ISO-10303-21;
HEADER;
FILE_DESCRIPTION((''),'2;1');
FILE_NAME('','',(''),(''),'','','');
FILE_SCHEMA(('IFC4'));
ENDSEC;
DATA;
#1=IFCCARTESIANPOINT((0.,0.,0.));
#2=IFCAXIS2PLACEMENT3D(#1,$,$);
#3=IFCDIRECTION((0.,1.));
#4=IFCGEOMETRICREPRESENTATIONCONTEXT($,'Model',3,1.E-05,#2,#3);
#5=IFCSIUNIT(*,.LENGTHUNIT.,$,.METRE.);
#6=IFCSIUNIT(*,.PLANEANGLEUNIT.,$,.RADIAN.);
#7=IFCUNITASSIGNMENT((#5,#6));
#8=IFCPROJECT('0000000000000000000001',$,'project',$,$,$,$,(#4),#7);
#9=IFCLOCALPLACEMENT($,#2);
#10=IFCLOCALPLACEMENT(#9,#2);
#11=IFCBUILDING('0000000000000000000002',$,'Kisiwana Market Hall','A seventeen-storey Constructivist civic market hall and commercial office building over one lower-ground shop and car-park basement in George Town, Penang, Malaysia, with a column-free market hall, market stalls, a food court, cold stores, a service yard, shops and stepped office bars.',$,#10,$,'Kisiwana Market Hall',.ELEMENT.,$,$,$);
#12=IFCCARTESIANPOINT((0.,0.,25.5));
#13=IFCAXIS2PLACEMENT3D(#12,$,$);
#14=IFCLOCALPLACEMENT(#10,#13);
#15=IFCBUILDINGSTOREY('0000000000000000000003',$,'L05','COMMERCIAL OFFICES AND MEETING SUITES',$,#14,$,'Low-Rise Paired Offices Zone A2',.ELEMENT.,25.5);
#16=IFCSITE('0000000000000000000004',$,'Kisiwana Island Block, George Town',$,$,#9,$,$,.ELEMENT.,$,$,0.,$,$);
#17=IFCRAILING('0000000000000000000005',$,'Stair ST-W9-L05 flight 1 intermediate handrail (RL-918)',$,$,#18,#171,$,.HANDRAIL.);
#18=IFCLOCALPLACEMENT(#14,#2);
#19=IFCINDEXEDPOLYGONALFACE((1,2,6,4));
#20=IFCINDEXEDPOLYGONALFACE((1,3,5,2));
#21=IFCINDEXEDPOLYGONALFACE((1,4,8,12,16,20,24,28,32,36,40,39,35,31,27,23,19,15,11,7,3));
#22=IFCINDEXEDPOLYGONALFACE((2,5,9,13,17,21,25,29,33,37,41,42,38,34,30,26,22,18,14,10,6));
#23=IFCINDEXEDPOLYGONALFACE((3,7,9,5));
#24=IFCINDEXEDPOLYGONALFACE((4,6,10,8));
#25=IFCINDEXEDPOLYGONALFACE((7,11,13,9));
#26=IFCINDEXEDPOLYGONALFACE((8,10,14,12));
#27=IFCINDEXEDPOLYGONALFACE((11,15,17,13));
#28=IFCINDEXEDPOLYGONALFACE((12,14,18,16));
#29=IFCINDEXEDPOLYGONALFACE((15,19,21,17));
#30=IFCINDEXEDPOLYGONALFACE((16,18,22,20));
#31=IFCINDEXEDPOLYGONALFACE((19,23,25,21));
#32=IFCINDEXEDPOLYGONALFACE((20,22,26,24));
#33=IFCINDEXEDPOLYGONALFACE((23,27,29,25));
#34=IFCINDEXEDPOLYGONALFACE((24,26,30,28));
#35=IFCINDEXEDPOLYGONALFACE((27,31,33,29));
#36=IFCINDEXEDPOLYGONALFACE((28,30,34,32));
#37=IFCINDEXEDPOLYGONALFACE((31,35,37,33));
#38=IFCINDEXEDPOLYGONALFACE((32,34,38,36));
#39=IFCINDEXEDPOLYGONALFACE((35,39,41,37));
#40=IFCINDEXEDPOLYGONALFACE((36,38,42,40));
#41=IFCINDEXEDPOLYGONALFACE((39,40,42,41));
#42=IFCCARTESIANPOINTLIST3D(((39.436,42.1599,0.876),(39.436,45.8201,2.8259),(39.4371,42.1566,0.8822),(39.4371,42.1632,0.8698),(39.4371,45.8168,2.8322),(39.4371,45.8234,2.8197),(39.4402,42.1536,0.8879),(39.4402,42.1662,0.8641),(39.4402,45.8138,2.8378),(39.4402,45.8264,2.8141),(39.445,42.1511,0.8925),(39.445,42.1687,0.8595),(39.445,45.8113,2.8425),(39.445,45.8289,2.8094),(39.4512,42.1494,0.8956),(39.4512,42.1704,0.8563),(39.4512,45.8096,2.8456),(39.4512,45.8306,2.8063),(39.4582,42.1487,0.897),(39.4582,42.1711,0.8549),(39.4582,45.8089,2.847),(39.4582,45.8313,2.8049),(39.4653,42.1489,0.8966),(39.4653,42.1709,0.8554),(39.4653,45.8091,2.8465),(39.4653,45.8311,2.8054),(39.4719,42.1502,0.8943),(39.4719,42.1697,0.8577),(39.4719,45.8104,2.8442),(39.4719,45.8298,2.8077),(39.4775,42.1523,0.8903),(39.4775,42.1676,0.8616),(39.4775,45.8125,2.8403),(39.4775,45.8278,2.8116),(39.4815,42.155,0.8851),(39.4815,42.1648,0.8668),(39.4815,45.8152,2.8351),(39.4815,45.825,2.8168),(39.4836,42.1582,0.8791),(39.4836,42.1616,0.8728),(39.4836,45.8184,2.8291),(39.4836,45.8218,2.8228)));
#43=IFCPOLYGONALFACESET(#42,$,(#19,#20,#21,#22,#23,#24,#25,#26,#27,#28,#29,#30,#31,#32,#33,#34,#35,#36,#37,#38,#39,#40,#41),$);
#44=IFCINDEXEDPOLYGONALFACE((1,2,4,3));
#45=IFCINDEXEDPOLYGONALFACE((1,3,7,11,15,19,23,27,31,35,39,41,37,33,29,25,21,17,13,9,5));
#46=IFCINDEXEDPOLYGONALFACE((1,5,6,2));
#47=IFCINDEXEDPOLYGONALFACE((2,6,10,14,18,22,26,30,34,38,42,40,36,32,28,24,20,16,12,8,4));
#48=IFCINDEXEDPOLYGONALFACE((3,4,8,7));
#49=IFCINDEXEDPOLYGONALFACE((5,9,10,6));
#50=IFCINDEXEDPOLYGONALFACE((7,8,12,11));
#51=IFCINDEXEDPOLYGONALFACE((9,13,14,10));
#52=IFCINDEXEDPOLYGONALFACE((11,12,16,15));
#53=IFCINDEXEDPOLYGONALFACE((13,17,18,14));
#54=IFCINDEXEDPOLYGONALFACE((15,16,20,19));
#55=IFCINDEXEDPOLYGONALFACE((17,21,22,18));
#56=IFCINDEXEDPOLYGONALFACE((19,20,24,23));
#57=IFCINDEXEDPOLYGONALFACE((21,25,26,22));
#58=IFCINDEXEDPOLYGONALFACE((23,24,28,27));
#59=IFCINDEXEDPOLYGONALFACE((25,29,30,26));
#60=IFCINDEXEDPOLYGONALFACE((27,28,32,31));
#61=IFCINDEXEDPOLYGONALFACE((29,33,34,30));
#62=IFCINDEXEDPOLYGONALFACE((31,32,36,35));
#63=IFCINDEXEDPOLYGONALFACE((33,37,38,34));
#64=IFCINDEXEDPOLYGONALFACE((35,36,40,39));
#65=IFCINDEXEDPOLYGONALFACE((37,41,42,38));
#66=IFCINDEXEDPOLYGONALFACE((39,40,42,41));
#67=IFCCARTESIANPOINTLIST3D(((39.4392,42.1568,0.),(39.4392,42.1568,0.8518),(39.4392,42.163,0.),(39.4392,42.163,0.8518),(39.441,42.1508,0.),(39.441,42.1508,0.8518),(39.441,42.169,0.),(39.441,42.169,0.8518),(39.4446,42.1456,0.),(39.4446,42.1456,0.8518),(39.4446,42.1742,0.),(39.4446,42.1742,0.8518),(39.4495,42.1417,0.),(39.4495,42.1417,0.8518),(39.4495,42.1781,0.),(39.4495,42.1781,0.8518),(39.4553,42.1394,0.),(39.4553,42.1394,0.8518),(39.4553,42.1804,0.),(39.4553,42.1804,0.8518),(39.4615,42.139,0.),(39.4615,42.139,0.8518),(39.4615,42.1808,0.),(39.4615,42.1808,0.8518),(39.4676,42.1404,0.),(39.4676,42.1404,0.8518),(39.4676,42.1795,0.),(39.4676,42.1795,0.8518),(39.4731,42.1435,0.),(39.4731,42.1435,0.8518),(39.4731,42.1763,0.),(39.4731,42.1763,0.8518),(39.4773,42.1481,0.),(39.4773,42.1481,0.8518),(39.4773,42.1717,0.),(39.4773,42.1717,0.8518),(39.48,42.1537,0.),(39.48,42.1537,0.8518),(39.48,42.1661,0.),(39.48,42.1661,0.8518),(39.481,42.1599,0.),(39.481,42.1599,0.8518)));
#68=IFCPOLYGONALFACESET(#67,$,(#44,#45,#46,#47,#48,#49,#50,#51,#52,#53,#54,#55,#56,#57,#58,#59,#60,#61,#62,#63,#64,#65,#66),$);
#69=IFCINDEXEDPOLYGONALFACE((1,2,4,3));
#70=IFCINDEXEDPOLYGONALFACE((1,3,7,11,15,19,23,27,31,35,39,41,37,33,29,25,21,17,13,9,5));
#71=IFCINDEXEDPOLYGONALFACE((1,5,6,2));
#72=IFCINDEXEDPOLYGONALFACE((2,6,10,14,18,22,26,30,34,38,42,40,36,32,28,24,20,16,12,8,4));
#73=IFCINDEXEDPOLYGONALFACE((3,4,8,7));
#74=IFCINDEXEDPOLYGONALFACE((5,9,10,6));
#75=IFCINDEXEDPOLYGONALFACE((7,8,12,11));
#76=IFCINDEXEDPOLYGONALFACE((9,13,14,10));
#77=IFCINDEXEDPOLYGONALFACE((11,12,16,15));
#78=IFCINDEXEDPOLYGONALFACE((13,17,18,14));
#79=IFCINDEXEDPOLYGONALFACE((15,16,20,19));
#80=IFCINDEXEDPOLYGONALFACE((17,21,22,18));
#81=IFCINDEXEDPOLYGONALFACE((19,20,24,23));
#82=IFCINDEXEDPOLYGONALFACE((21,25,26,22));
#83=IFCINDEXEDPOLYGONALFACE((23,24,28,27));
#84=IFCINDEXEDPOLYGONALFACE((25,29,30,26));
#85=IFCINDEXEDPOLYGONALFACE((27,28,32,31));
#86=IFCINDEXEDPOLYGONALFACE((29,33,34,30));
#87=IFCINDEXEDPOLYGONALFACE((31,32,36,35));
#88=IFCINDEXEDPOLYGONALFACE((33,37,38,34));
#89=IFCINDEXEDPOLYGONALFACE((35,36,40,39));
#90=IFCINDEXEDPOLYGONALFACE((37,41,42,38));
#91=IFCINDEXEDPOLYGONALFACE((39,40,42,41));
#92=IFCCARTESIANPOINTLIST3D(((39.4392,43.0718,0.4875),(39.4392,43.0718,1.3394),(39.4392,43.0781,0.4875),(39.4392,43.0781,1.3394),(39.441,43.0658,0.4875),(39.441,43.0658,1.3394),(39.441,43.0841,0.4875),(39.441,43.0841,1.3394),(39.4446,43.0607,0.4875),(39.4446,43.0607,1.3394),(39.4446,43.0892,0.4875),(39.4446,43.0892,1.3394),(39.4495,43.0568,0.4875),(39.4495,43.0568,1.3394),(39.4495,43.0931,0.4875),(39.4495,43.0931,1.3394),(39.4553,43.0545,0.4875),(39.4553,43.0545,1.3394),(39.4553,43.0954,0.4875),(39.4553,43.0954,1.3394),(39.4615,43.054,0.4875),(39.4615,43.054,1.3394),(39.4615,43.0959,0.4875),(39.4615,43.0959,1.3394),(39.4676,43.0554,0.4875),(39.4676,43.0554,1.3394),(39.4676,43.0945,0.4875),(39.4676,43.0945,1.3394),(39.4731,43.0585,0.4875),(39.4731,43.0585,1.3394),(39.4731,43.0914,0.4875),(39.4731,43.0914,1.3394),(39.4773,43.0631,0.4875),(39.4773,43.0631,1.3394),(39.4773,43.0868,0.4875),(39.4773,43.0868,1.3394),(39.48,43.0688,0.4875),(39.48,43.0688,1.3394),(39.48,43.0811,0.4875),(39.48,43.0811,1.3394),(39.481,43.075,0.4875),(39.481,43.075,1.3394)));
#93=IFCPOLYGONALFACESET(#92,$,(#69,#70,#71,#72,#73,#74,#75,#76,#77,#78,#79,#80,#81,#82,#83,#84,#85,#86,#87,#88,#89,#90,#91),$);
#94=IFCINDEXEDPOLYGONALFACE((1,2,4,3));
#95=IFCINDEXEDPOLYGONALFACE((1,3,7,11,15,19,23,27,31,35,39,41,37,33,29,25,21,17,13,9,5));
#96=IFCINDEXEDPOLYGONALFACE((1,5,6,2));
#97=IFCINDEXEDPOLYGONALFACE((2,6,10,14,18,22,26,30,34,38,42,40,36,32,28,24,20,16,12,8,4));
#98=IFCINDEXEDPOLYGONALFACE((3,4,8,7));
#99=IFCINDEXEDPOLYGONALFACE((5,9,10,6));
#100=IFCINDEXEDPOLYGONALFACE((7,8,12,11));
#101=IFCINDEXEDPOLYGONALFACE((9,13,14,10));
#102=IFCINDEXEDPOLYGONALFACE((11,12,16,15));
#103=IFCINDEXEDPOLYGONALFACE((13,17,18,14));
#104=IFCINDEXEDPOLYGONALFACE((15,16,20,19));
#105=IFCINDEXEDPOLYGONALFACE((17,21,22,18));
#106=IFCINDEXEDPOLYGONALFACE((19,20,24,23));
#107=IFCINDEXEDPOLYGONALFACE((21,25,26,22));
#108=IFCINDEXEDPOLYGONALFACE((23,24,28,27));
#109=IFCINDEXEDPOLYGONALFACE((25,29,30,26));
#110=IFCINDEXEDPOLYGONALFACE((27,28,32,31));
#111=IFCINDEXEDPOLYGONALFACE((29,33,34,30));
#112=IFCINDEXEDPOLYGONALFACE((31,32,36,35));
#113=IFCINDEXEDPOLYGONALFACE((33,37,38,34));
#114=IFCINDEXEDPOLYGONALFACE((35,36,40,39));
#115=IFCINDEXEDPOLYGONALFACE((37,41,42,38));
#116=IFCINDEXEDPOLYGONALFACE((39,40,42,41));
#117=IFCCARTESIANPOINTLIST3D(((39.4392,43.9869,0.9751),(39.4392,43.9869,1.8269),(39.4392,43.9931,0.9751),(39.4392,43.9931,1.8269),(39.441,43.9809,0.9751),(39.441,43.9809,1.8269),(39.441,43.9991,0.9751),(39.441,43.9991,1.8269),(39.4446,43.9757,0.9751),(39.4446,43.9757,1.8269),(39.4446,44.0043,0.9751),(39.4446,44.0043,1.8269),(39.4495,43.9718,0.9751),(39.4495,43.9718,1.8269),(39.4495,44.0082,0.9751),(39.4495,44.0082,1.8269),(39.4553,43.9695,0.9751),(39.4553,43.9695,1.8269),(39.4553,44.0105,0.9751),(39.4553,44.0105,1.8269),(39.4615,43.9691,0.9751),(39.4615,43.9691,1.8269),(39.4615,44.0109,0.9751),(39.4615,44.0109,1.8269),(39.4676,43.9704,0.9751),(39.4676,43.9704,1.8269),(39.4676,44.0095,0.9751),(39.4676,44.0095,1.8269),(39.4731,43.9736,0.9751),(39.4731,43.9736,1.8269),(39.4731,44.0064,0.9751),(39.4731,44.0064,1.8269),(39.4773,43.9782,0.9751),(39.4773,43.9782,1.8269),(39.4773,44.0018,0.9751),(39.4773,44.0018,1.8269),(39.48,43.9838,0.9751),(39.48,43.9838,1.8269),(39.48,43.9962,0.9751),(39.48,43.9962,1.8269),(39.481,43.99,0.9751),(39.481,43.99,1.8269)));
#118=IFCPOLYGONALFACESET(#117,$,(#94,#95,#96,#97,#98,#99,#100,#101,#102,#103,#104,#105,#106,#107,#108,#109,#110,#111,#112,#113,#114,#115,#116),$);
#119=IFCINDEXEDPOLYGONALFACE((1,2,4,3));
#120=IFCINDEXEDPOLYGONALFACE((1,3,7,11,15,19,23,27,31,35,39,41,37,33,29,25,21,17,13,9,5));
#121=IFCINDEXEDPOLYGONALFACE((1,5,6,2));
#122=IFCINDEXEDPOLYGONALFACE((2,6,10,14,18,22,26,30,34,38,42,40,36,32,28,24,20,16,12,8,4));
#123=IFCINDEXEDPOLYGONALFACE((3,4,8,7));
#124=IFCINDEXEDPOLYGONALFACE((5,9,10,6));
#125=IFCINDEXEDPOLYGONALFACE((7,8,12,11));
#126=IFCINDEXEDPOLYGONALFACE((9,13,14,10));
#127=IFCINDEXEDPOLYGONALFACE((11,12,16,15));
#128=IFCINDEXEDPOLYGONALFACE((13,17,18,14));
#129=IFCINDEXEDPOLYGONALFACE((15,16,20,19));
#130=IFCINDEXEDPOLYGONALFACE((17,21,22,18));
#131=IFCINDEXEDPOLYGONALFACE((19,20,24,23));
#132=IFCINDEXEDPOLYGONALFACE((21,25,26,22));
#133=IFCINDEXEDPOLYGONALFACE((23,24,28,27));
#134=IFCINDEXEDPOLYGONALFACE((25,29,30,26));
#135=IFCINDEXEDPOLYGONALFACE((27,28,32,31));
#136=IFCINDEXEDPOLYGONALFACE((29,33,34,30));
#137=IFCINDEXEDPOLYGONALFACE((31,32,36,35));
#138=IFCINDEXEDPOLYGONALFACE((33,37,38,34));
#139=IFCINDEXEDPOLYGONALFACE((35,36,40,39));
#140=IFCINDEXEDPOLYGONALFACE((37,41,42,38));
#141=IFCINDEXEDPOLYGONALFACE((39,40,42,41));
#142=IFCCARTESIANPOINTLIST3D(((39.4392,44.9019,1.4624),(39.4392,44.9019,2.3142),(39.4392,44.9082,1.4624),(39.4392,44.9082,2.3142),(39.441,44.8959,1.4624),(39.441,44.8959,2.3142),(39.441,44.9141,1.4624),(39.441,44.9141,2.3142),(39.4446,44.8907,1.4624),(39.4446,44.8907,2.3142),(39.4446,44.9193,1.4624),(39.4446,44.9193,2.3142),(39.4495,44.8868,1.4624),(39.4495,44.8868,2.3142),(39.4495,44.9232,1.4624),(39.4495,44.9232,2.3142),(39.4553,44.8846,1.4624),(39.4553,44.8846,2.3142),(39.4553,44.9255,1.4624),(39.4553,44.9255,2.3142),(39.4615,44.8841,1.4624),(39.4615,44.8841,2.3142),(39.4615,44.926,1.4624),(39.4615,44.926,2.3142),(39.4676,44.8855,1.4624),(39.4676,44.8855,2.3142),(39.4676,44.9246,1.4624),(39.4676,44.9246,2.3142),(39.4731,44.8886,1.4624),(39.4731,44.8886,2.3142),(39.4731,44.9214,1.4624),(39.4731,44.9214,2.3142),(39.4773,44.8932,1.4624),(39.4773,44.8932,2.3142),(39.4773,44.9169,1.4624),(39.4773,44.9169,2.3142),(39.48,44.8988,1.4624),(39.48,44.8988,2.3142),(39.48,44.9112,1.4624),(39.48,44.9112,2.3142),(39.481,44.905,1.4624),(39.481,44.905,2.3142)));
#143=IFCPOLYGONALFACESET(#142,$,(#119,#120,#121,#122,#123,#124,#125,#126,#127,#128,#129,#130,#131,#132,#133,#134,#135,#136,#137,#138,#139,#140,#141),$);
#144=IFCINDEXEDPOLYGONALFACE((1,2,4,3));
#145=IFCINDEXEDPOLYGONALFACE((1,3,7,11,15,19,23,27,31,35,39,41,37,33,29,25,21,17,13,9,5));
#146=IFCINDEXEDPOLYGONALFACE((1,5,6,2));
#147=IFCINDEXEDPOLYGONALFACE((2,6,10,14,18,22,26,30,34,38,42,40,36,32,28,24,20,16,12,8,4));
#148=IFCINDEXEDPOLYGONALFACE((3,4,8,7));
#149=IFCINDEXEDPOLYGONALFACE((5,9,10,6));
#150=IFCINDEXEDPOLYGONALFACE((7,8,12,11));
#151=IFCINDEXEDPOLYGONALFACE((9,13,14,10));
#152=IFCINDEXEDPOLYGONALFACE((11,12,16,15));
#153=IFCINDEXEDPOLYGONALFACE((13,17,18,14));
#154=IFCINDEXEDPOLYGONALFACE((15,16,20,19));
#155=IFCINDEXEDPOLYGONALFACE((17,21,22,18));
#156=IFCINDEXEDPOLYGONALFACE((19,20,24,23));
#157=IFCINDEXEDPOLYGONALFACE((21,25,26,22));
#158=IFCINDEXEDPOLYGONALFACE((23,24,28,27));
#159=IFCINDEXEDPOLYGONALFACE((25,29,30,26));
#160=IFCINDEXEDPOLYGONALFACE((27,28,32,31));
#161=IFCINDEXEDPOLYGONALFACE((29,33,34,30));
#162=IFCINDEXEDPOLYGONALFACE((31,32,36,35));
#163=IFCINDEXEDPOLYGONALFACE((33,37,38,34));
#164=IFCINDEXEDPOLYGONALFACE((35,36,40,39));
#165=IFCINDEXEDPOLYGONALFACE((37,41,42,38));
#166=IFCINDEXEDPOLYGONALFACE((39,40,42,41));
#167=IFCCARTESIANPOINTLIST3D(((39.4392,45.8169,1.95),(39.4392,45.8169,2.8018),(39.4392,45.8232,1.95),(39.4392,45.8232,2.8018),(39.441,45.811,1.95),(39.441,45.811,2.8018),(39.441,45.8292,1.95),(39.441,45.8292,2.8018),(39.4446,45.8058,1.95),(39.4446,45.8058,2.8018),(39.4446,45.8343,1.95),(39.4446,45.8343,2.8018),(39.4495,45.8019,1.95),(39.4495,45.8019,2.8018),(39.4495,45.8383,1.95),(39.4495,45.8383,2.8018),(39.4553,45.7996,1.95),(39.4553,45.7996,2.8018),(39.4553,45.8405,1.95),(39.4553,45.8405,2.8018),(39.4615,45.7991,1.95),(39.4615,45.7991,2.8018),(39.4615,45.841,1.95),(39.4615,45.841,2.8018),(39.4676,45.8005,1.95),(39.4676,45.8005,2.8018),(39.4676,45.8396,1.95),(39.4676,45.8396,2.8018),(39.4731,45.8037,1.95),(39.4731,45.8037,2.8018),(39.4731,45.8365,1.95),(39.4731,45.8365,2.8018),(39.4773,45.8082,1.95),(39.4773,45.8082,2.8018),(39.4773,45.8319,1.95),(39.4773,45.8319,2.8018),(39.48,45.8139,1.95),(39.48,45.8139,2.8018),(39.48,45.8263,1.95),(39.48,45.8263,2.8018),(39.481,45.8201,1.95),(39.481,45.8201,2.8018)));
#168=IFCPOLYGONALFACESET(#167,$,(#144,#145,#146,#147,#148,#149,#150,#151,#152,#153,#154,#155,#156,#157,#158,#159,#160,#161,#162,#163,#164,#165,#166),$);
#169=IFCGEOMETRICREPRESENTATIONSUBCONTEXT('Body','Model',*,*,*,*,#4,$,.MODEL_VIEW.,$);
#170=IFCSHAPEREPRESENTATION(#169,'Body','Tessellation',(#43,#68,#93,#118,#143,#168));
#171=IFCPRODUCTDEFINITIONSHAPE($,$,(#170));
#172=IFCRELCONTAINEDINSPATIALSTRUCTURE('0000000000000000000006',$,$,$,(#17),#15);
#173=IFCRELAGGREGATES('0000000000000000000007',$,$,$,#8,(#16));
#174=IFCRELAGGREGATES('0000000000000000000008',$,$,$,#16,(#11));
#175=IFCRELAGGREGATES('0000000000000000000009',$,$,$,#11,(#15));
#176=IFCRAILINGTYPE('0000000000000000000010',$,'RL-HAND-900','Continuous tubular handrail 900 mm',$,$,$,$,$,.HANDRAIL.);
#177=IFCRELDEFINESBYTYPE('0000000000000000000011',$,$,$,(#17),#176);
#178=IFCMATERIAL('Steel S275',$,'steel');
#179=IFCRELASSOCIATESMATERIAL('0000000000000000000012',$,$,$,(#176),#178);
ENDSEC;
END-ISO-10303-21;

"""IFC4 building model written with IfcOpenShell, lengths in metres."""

from ifc_helpers import new_model, si_unit, direction, frame, origin, origin_2d, place, context, subcontext, project, spatial, circle, extrude, material, type_object, element, save


model = new_model("IFC4")

# Units and contexts
model_context = context("Model", 3, precision=1e-05, world=origin(), true_north=direction((0.0, 1.0)))
body_context = subcontext(model_context, "Body", "Model", "MODEL_VIEW")
ifc_project = project(units=[si_unit("LENGTHUNIT", "METRE"), si_unit("PLANEANGLEUNIT", "RADIAN")], contexts=[model_context])

# Site, building, storey
site_placement = place(None, origin())
site = spatial("IfcSite", under=ifc_project, at=site_placement, Name="Kisiwana Island Block, George Town", CompositionType="ELEMENT", RefElevation=0.0)
building_placement = place(site_placement, origin())
building = spatial("IfcBuilding", under=site, at=building_placement, Name="Kisiwana Market Hall", Description="A seventeen-storey Constructivist civic market hall and commercial office building over one lower-ground shop and car-park basement in George Town, Penang, Malaysia, with a column-free market hall, market stalls, a food court, cold stores, a service yard, shops and stepped office bars.", LongName="Kisiwana Market Hall", CompositionType="ELEMENT")
storey_placement = place(building_placement, frame((0.0, 0.0, 25.5)))
storey = spatial("IfcBuildingStorey", under=building, at=storey_placement, Name="L05", Description="COMMERCIAL OFFICES AND MEETING SUITES", LongName="Low-Rise Paired Offices Zone A2", CompositionType="ELEMENT", Elevation=25.5)

# Railing
ifc_material_1 = material(Name="Steel S275", Category="steel")
railing_type_1 = type_object("IfcRailingType", Name="RL-HAND-900", Description="Continuous tubular handrail 900 mm", PredefinedType="HANDRAIL", material=ifc_material_1)
railing_1_placement = place(storey_placement, frame((39.46, 42.1599, 0.0)))
element("IfcRailing", 1, at=railing_1_placement, inside=storey, type_object=railing_type_1, Name="Stair ST-W9-L05 flight 1 intermediate handrail (RL-918)", PredefinedType="HANDRAIL", context=body_context, shape_type="SweptSolid", body=[
    extrude(circle(Radius=0.0239, at=origin_2d()), frame((0.0, 0.0, 0.876), z_axis=(0.0, 0.882566, 0.470188), x_axis=(-1.0, 0.0, 0.0)), (0.0, 0.0, 1.0), 4.1472),
    extrude(circle(Radius=0.021, at=origin_2d()), origin(), (0.0, 0.0, 1.0), 0.8518),
    extrude(circle(Radius=0.021, at=origin_2d()), frame((0.0, 0.915, 0.4875)), (0.0, 0.0, 1.0), 0.8518),
    extrude(circle(Radius=0.021, at=origin_2d()), frame((0.0, 1.8301, 0.9751)), (0.0, 0.0, 1.0), 0.8518),
    extrude(circle(Radius=0.021, at=origin_2d()), frame((0.0, 2.7451, 1.4624)), (0.0, 0.0, 1.0), 0.8518),
    extrude(circle(Radius=0.021, at=origin_2d()), frame((0.0, 3.6602, 1.95)), (0.0, 0.0, 1.0), 0.8518),
])

save(model, "model.ifc")
